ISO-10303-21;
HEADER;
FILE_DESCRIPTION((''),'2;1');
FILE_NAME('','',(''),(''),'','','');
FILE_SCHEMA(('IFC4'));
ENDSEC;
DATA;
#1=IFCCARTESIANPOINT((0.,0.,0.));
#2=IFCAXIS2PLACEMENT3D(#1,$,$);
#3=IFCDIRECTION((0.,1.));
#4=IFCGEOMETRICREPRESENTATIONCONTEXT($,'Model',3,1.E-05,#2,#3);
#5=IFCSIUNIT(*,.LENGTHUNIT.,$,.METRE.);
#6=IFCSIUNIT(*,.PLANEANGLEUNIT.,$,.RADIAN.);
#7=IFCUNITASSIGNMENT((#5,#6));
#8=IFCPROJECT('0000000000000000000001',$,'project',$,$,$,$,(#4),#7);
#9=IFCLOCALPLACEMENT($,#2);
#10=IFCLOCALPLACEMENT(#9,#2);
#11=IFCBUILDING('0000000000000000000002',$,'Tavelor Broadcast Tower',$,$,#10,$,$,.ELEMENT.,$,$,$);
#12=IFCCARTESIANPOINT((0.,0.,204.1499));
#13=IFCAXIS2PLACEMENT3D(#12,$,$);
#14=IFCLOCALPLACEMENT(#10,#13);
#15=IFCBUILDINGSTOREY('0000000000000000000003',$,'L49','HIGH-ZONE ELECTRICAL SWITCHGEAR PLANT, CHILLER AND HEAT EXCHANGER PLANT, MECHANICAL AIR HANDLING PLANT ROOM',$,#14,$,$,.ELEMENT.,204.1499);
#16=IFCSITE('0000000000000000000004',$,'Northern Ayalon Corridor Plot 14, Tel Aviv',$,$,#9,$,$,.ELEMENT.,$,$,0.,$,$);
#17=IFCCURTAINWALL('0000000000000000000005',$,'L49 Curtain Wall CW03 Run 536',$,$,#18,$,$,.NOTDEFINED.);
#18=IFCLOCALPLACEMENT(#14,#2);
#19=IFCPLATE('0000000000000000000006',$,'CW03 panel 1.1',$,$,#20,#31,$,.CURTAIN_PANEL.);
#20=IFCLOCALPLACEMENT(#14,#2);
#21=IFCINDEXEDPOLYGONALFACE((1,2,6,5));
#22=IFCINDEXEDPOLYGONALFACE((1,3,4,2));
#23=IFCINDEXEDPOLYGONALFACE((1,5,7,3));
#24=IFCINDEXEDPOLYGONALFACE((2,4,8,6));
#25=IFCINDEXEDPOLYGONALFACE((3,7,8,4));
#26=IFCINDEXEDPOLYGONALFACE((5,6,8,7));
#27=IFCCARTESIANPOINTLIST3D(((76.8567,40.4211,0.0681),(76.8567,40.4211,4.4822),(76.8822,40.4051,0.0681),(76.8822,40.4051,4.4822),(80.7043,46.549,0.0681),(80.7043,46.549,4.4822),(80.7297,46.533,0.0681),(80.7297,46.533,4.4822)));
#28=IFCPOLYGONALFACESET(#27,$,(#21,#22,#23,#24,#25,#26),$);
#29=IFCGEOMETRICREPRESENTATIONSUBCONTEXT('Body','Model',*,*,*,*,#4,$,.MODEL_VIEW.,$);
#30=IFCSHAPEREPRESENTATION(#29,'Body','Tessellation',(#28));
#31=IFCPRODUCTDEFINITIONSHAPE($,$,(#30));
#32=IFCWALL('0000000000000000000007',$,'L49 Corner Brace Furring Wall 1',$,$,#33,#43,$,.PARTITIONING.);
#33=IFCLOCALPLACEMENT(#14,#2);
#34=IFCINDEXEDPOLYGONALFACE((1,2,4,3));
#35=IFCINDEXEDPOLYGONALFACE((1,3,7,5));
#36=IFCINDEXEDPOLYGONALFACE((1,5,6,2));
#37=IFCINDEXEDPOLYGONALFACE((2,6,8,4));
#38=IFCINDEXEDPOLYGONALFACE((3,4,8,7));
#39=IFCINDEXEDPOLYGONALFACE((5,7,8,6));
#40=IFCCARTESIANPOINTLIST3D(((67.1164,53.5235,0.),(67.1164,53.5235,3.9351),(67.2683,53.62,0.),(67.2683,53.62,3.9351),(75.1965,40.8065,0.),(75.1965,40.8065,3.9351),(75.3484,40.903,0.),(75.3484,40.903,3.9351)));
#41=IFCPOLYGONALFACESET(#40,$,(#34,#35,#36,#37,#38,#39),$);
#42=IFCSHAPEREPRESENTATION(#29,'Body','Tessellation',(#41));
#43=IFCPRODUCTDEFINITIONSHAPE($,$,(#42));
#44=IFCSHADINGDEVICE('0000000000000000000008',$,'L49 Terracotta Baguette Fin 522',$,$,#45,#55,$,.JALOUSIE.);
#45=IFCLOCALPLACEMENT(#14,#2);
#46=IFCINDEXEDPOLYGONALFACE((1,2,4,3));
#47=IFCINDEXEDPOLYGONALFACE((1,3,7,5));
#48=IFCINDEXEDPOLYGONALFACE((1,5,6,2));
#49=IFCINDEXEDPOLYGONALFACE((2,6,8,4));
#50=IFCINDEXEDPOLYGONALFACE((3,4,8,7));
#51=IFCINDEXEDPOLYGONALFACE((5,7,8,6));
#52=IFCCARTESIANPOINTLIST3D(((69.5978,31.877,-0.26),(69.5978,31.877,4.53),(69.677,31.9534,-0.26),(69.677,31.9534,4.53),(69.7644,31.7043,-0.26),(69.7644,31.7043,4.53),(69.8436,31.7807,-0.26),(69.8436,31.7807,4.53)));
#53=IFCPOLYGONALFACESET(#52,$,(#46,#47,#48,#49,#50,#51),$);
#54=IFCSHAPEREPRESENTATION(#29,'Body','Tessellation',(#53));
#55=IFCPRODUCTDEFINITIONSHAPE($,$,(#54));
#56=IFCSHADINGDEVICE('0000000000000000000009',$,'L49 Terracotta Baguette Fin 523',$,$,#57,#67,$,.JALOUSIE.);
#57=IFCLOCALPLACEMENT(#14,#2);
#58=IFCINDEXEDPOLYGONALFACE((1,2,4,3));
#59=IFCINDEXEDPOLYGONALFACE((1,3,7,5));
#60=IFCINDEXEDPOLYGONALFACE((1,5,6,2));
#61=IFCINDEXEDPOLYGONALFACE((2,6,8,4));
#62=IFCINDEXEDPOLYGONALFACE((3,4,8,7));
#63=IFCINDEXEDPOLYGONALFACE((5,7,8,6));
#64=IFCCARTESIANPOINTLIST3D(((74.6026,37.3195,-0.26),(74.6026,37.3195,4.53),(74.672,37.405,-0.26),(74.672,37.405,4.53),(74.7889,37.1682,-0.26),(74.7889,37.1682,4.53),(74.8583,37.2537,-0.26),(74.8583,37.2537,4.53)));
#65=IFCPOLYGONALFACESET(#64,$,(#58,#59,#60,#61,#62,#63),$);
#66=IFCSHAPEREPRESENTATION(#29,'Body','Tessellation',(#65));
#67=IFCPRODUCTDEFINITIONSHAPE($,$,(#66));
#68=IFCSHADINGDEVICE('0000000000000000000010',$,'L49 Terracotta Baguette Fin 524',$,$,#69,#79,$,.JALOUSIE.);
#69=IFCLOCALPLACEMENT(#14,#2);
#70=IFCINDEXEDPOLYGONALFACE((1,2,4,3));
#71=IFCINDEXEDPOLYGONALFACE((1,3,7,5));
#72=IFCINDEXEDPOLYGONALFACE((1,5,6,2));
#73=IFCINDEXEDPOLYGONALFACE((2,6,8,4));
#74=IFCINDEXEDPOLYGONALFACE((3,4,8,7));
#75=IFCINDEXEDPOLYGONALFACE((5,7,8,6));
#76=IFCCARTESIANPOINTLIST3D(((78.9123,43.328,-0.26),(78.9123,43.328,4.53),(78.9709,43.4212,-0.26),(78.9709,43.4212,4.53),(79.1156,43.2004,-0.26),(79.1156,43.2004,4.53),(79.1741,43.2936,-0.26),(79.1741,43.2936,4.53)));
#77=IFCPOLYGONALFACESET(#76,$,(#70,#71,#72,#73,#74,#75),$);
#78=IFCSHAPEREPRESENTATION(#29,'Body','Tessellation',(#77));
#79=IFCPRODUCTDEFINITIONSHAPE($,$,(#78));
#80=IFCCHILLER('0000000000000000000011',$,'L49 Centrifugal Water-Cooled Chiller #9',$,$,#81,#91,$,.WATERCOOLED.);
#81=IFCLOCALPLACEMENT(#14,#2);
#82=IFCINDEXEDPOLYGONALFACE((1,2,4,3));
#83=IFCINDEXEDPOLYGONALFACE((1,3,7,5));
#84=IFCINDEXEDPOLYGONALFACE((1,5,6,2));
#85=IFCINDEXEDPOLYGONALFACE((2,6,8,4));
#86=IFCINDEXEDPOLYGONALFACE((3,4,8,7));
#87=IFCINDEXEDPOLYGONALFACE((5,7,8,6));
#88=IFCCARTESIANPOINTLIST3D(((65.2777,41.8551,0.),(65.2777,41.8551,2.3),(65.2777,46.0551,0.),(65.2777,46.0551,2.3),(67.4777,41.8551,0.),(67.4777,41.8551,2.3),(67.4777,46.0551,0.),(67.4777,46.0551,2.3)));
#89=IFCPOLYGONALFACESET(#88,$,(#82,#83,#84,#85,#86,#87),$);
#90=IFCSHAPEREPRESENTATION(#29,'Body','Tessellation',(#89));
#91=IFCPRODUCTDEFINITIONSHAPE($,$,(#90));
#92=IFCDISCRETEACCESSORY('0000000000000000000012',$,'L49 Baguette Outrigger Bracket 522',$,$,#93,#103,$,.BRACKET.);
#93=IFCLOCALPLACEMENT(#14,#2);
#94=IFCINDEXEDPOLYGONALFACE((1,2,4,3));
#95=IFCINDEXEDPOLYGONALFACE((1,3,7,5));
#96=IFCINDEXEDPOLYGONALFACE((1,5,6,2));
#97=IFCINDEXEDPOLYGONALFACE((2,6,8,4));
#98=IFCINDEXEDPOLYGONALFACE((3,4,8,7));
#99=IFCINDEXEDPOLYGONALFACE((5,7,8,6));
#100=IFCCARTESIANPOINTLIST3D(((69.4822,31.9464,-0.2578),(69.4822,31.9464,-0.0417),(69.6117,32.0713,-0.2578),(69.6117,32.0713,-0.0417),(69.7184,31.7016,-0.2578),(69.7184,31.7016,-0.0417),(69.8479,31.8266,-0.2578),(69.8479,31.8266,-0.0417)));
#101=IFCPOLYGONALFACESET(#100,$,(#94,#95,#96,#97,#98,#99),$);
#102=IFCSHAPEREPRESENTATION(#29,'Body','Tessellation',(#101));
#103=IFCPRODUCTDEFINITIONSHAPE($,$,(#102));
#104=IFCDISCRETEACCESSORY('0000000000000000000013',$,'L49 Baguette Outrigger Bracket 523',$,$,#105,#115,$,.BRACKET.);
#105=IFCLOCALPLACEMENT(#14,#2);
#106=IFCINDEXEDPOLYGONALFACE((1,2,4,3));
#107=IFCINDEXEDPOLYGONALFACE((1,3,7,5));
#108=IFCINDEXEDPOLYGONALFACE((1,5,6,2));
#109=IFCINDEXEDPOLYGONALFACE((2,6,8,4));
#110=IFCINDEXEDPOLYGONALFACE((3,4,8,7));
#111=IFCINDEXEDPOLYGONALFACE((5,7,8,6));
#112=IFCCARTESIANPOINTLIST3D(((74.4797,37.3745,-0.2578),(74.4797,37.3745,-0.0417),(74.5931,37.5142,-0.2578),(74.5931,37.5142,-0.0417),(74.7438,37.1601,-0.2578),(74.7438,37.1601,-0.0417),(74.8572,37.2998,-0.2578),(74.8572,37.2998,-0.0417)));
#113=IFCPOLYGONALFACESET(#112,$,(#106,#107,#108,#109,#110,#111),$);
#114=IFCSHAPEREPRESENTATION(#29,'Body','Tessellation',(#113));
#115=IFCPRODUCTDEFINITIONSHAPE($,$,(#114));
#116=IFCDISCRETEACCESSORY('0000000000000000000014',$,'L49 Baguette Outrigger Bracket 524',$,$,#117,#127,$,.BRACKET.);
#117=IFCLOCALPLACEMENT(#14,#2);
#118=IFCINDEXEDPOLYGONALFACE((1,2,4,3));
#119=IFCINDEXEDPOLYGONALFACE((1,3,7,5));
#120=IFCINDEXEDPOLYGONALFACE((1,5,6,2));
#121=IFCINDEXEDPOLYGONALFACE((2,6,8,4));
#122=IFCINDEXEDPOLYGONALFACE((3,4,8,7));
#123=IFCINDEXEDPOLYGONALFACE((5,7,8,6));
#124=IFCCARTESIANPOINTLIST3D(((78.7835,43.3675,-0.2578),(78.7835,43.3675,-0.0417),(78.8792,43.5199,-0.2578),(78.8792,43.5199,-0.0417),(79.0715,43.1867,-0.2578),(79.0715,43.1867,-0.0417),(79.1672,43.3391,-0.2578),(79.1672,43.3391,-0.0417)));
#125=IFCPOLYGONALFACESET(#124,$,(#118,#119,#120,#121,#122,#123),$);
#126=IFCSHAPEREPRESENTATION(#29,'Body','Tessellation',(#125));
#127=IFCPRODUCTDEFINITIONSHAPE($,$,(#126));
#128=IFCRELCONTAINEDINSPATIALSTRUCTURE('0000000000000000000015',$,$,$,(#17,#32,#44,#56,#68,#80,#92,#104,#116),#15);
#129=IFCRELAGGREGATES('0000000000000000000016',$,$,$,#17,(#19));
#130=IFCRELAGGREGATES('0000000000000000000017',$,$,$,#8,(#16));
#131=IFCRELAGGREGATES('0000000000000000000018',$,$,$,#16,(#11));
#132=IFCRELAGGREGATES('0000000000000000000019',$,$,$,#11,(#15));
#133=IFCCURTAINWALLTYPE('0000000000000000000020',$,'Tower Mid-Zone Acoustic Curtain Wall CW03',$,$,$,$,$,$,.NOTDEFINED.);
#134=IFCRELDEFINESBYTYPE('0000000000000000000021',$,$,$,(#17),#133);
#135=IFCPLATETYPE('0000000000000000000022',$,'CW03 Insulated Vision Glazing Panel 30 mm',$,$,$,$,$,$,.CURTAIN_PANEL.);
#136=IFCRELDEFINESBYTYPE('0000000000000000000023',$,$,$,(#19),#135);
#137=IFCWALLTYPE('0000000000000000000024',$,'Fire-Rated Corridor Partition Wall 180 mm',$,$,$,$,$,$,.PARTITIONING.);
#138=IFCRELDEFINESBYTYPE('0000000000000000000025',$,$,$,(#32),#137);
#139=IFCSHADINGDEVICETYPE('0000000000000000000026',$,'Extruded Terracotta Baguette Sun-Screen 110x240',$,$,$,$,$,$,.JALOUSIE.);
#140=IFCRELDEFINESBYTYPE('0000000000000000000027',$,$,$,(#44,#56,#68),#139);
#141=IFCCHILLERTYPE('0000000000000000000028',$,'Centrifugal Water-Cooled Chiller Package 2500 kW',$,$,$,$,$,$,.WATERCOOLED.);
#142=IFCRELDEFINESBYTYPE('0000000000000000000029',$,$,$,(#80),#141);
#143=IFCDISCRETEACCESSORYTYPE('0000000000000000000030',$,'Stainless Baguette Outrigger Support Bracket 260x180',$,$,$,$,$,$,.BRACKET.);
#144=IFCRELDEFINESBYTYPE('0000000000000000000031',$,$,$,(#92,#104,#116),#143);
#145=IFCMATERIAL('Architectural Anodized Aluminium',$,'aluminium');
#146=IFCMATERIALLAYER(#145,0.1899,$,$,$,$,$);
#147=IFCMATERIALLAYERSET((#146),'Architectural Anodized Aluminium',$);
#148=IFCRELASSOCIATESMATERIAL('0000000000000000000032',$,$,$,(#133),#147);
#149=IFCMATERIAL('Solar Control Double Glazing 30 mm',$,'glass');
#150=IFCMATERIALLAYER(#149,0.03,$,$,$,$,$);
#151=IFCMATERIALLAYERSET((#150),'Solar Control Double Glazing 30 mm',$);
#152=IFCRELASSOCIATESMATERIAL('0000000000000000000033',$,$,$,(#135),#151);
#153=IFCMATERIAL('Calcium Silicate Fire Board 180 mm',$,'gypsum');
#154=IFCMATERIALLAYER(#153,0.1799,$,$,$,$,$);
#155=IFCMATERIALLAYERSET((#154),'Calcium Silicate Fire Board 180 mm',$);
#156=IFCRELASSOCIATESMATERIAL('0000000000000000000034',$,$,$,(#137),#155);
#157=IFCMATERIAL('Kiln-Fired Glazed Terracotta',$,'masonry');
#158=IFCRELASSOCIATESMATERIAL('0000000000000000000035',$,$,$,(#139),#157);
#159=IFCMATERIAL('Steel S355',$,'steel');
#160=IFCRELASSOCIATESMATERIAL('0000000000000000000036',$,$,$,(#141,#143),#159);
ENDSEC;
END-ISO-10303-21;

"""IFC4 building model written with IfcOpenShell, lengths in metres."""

from ifc_helpers import new_model, si_unit, direction, frame, frame_2d, origin, origin_2d, place, context, subcontext, project, spatial, rectangle, extrude, source, transform, mapped, material, layer, layer_set, type_object, type_shapes, element, aggregate, save


model = new_model("IFC4")

# Units and contexts
model_context = context("Model", 3, precision=1e-05, world=origin(), true_north=direction((0.0, 1.0)))
body_context = subcontext(model_context, "Body", "Model", "MODEL_VIEW")
ifc_project = project(units=[si_unit("LENGTHUNIT", "METRE"), si_unit("PLANEANGLEUNIT", "RADIAN")], contexts=[model_context])

# Site, building, storey
site_placement = place(None, origin())
site = spatial("IfcSite", under=ifc_project, at=site_placement, Name="Northern Ayalon Corridor Plot 14, Tel Aviv", CompositionType="ELEMENT", RefElevation=0.0)
building_placement = place(site_placement, origin())
building = spatial("IfcBuilding", under=site, at=building_placement, Name="Tavelor Broadcast Tower", CompositionType="ELEMENT")
storey_placement = place(building_placement, frame((0.0, 0.0, 204.1499)))
storey = spatial("IfcBuildingStorey", under=building, at=storey_placement, Name="L49", Description="HIGH-ZONE ELECTRICAL SWITCHGEAR PLANT, CHILLER AND HEAT EXCHANGER PLANT, MECHANICAL AIR HANDLING PLANT ROOM", CompositionType="ELEMENT", Elevation=204.1499)

# Shared definitions
ifc_material_1 = material(Name="Steel S355", Category="steel")

# Shared definitions
ifc_material_2 = material(Name="Architectural Anodized Aluminium", Category="aluminium")
ifc_layer_1 = layer(ifc_material_2, 0.1899)
ifc_layer_set_1 = layer_set([ifc_layer_1], Name="Architectural Anodized Aluminium")
curtain_wall_type = type_object("IfcCurtainWallType", Name="Tower Mid-Zone Acoustic Curtain Wall CW03", PredefinedType="NOTDEFINED", material=ifc_layer_set_1)

# Curtain wall
curtain_wall_1_placement = place(storey_placement, origin())
curtain_wall_1 = element("IfcCurtainWall", 1, at=curtain_wall_1_placement, inside=storey, type_object=curtain_wall_type, Name="L49 Curtain Wall CW03 Run 536", PredefinedType="NOTDEFINED")

# Plate
ifc_material_3 = material(Name="Solar Control Double Glazing 30 mm", Category="glass")
ifc_layer_2 = layer(ifc_material_3, 0.03)
ifc_layer_set_2 = layer_set([ifc_layer_2], Name="Solar Control Double Glazing 30 mm")
plate_type_1 = type_object("IfcPlateType", Name="CW03 Insulated Vision Glazing Panel 30 mm", PredefinedType="CURTAIN_PANEL", material=ifc_layer_set_2)
shared_shape_1 = source(origin(), body_context, "Body", "SweptSolid", [
    extrude(rectangle(XDim=7.2356, YDim=0.03, at=origin_2d()), origin(), (0.0, 0.0, 1.0), 4.4141),
])
plate_1_placement = place(storey_placement, frame((78.7932, 43.4771, 0.0681), z_axis=(0.0, 0.0, 1.0), x_axis=(0.53175, 0.846901, 0.0)))
plate_1 = element("IfcPlate", 2, at=plate_1_placement, type_object=plate_type_1, Name="CW03 panel 1.1", PredefinedType="CURTAIN_PANEL", context=body_context, shape_type="MappedRepresentation", body=[
    mapped(shared_shape_1, transform((0.0, 0.0, 0.0), scale=1.0)),
])
aggregate(curtain_wall_1, [plate_1])

# Wall
ifc_material_4 = material(Name="Calcium Silicate Fire Board 180 mm", Category="gypsum")
ifc_layer_3 = layer(ifc_material_4, 0.1799)
ifc_layer_set_3 = layer_set([ifc_layer_3], Name="Calcium Silicate Fire Board 180 mm")
wall_type = type_object("IfcWallType", Name="Fire-Rated Corridor Partition Wall 180 mm", PredefinedType="PARTITIONING", material=ifc_layer_set_3)
wall_placement = place(storey_placement, frame((75.2725, 40.8547, 0.0), z_axis=(0.0, 0.0, 1.0), x_axis=(-0.536281, 0.84404, 0.0)))
element("IfcWall", 3, at=wall_placement, inside=storey, type_object=wall_type, Name="L49 Corner Brace Furring Wall 1", PredefinedType="PARTITIONING", context=body_context, shape_type="SweptSolid", body=[
    extrude(rectangle(XDim=15.0669, YDim=0.1799, at=frame_2d((7.5334, 0.0))), origin(), (0.0, 0.0, 1.0), 3.9351),
])

# Shading devices
ifc_material_5 = material(Name="Kiln-Fired Glazed Terracotta", Category="masonry")
shading_device_type = type_object("IfcShadingDeviceType", Name="Extruded Terracotta Baguette Sun-Screen 110x240", PredefinedType="JALOUSIE", material=ifc_material_5)
shared_shape_2 = source(origin(), body_context, "Body", "SweptSolid", [
    extrude(rectangle(XDim=0.1101, YDim=0.24, at=origin_2d()), origin(), (0.0, 0.0, 1.0), 4.79),
])
type_shapes(shading_device_type, [shared_shape_2])
for number, where, z_axis, x_axis, name in (
    (4, (69.7207, 31.8289, -0.26), (0.0, 0.0, 1.0), (0.719582, 0.694407, 0.0), "L49 Terracotta Baguette Fin 522"),
    (5, (74.7305, 37.2866, -0.26), (0.0, 0.0, 1.0), (0.630269, 0.776377, 0.0), "L49 Terracotta Baguette Fin 523"),
    (6, (79.0432, 43.3108, -0.26), (0.0, 0.0, 1.0), (0.531694, 0.846936, 0.0), "L49 Terracotta Baguette Fin 524"),
):
    element("IfcShadingDevice", number, at=place(storey_placement, frame(where, z_axis=z_axis, x_axis=x_axis)), inside=storey, type_object=shading_device_type, Name=name, PredefinedType="JALOUSIE", context=body_context, shape_type="MappedRepresentation", body=[
        mapped(shared_shape_2, transform((0.0, 0.0, 0.0), scale=1.0)),
    ])

# Chiller
chiller_type = type_object("IfcChillerType", Name="Centrifugal Water-Cooled Chiller Package 2500 kW", PredefinedType="WATERCOOLED", material=ifc_material_1)
chiller_placement = place(storey_placement, frame((66.3777, 43.9551, 0.0), z_axis=(0.0, 0.0, 1.0), x_axis=(1.0, 0.0, 0.0)))
element("IfcChiller", 7, at=chiller_placement, inside=storey, type_object=chiller_type, Name="L49 Centrifugal Water-Cooled Chiller #9", PredefinedType="WATERCOOLED", context=body_context, shape_type="SweptSolid", body=[
    extrude(rectangle(XDim=2.2, YDim=4.2, at=origin_2d()), origin(), (0.0, 0.0, 1.0), 2.3),
])

# Discrete accessories
discrete_accessory_type = type_object("IfcDiscreteAccessoryType", Name="Stainless Baguette Outrigger Support Bracket 260x180", PredefinedType="BRACKET", material=ifc_material_1)
shared_shape_3 = source(origin(), body_context, "Body", "SweptSolid", [
    extrude(rectangle(XDim=0.1799, YDim=0.3401, at=origin_2d()), origin(), (0.0, 0.0, 1.0), 0.2161),
])
type_shapes(discrete_accessory_type, [shared_shape_3])
for number, where, z_axis, x_axis, name in (
    (8, (69.665, 31.8865, -0.2578), (0.0, 0.0, 1.0), (0.719582, 0.694407, 0.0), "L49 Baguette Outrigger Bracket 522"),
    (9, (74.6685, 37.3372, -0.2578), (0.0, 0.0, 1.0), (0.630269, 0.776377, 0.0), "L49 Baguette Outrigger Bracket 523"),
    (10, (78.9753, 43.3533, -0.2578), (0.0, 0.0, 1.0), (0.531694, 0.846936, 0.0), "L49 Baguette Outrigger Bracket 524"),
):
    element("IfcDiscreteAccessory", number, at=place(storey_placement, frame(where, z_axis=z_axis, x_axis=x_axis)), inside=storey, type_object=discrete_accessory_type, Name=name, PredefinedType="BRACKET", context=body_context, shape_type="MappedRepresentation", body=[
        mapped(shared_shape_3, transform((0.0, 0.0, 0.0), scale=1.0)),
    ])

save(model, "model.ifc")
